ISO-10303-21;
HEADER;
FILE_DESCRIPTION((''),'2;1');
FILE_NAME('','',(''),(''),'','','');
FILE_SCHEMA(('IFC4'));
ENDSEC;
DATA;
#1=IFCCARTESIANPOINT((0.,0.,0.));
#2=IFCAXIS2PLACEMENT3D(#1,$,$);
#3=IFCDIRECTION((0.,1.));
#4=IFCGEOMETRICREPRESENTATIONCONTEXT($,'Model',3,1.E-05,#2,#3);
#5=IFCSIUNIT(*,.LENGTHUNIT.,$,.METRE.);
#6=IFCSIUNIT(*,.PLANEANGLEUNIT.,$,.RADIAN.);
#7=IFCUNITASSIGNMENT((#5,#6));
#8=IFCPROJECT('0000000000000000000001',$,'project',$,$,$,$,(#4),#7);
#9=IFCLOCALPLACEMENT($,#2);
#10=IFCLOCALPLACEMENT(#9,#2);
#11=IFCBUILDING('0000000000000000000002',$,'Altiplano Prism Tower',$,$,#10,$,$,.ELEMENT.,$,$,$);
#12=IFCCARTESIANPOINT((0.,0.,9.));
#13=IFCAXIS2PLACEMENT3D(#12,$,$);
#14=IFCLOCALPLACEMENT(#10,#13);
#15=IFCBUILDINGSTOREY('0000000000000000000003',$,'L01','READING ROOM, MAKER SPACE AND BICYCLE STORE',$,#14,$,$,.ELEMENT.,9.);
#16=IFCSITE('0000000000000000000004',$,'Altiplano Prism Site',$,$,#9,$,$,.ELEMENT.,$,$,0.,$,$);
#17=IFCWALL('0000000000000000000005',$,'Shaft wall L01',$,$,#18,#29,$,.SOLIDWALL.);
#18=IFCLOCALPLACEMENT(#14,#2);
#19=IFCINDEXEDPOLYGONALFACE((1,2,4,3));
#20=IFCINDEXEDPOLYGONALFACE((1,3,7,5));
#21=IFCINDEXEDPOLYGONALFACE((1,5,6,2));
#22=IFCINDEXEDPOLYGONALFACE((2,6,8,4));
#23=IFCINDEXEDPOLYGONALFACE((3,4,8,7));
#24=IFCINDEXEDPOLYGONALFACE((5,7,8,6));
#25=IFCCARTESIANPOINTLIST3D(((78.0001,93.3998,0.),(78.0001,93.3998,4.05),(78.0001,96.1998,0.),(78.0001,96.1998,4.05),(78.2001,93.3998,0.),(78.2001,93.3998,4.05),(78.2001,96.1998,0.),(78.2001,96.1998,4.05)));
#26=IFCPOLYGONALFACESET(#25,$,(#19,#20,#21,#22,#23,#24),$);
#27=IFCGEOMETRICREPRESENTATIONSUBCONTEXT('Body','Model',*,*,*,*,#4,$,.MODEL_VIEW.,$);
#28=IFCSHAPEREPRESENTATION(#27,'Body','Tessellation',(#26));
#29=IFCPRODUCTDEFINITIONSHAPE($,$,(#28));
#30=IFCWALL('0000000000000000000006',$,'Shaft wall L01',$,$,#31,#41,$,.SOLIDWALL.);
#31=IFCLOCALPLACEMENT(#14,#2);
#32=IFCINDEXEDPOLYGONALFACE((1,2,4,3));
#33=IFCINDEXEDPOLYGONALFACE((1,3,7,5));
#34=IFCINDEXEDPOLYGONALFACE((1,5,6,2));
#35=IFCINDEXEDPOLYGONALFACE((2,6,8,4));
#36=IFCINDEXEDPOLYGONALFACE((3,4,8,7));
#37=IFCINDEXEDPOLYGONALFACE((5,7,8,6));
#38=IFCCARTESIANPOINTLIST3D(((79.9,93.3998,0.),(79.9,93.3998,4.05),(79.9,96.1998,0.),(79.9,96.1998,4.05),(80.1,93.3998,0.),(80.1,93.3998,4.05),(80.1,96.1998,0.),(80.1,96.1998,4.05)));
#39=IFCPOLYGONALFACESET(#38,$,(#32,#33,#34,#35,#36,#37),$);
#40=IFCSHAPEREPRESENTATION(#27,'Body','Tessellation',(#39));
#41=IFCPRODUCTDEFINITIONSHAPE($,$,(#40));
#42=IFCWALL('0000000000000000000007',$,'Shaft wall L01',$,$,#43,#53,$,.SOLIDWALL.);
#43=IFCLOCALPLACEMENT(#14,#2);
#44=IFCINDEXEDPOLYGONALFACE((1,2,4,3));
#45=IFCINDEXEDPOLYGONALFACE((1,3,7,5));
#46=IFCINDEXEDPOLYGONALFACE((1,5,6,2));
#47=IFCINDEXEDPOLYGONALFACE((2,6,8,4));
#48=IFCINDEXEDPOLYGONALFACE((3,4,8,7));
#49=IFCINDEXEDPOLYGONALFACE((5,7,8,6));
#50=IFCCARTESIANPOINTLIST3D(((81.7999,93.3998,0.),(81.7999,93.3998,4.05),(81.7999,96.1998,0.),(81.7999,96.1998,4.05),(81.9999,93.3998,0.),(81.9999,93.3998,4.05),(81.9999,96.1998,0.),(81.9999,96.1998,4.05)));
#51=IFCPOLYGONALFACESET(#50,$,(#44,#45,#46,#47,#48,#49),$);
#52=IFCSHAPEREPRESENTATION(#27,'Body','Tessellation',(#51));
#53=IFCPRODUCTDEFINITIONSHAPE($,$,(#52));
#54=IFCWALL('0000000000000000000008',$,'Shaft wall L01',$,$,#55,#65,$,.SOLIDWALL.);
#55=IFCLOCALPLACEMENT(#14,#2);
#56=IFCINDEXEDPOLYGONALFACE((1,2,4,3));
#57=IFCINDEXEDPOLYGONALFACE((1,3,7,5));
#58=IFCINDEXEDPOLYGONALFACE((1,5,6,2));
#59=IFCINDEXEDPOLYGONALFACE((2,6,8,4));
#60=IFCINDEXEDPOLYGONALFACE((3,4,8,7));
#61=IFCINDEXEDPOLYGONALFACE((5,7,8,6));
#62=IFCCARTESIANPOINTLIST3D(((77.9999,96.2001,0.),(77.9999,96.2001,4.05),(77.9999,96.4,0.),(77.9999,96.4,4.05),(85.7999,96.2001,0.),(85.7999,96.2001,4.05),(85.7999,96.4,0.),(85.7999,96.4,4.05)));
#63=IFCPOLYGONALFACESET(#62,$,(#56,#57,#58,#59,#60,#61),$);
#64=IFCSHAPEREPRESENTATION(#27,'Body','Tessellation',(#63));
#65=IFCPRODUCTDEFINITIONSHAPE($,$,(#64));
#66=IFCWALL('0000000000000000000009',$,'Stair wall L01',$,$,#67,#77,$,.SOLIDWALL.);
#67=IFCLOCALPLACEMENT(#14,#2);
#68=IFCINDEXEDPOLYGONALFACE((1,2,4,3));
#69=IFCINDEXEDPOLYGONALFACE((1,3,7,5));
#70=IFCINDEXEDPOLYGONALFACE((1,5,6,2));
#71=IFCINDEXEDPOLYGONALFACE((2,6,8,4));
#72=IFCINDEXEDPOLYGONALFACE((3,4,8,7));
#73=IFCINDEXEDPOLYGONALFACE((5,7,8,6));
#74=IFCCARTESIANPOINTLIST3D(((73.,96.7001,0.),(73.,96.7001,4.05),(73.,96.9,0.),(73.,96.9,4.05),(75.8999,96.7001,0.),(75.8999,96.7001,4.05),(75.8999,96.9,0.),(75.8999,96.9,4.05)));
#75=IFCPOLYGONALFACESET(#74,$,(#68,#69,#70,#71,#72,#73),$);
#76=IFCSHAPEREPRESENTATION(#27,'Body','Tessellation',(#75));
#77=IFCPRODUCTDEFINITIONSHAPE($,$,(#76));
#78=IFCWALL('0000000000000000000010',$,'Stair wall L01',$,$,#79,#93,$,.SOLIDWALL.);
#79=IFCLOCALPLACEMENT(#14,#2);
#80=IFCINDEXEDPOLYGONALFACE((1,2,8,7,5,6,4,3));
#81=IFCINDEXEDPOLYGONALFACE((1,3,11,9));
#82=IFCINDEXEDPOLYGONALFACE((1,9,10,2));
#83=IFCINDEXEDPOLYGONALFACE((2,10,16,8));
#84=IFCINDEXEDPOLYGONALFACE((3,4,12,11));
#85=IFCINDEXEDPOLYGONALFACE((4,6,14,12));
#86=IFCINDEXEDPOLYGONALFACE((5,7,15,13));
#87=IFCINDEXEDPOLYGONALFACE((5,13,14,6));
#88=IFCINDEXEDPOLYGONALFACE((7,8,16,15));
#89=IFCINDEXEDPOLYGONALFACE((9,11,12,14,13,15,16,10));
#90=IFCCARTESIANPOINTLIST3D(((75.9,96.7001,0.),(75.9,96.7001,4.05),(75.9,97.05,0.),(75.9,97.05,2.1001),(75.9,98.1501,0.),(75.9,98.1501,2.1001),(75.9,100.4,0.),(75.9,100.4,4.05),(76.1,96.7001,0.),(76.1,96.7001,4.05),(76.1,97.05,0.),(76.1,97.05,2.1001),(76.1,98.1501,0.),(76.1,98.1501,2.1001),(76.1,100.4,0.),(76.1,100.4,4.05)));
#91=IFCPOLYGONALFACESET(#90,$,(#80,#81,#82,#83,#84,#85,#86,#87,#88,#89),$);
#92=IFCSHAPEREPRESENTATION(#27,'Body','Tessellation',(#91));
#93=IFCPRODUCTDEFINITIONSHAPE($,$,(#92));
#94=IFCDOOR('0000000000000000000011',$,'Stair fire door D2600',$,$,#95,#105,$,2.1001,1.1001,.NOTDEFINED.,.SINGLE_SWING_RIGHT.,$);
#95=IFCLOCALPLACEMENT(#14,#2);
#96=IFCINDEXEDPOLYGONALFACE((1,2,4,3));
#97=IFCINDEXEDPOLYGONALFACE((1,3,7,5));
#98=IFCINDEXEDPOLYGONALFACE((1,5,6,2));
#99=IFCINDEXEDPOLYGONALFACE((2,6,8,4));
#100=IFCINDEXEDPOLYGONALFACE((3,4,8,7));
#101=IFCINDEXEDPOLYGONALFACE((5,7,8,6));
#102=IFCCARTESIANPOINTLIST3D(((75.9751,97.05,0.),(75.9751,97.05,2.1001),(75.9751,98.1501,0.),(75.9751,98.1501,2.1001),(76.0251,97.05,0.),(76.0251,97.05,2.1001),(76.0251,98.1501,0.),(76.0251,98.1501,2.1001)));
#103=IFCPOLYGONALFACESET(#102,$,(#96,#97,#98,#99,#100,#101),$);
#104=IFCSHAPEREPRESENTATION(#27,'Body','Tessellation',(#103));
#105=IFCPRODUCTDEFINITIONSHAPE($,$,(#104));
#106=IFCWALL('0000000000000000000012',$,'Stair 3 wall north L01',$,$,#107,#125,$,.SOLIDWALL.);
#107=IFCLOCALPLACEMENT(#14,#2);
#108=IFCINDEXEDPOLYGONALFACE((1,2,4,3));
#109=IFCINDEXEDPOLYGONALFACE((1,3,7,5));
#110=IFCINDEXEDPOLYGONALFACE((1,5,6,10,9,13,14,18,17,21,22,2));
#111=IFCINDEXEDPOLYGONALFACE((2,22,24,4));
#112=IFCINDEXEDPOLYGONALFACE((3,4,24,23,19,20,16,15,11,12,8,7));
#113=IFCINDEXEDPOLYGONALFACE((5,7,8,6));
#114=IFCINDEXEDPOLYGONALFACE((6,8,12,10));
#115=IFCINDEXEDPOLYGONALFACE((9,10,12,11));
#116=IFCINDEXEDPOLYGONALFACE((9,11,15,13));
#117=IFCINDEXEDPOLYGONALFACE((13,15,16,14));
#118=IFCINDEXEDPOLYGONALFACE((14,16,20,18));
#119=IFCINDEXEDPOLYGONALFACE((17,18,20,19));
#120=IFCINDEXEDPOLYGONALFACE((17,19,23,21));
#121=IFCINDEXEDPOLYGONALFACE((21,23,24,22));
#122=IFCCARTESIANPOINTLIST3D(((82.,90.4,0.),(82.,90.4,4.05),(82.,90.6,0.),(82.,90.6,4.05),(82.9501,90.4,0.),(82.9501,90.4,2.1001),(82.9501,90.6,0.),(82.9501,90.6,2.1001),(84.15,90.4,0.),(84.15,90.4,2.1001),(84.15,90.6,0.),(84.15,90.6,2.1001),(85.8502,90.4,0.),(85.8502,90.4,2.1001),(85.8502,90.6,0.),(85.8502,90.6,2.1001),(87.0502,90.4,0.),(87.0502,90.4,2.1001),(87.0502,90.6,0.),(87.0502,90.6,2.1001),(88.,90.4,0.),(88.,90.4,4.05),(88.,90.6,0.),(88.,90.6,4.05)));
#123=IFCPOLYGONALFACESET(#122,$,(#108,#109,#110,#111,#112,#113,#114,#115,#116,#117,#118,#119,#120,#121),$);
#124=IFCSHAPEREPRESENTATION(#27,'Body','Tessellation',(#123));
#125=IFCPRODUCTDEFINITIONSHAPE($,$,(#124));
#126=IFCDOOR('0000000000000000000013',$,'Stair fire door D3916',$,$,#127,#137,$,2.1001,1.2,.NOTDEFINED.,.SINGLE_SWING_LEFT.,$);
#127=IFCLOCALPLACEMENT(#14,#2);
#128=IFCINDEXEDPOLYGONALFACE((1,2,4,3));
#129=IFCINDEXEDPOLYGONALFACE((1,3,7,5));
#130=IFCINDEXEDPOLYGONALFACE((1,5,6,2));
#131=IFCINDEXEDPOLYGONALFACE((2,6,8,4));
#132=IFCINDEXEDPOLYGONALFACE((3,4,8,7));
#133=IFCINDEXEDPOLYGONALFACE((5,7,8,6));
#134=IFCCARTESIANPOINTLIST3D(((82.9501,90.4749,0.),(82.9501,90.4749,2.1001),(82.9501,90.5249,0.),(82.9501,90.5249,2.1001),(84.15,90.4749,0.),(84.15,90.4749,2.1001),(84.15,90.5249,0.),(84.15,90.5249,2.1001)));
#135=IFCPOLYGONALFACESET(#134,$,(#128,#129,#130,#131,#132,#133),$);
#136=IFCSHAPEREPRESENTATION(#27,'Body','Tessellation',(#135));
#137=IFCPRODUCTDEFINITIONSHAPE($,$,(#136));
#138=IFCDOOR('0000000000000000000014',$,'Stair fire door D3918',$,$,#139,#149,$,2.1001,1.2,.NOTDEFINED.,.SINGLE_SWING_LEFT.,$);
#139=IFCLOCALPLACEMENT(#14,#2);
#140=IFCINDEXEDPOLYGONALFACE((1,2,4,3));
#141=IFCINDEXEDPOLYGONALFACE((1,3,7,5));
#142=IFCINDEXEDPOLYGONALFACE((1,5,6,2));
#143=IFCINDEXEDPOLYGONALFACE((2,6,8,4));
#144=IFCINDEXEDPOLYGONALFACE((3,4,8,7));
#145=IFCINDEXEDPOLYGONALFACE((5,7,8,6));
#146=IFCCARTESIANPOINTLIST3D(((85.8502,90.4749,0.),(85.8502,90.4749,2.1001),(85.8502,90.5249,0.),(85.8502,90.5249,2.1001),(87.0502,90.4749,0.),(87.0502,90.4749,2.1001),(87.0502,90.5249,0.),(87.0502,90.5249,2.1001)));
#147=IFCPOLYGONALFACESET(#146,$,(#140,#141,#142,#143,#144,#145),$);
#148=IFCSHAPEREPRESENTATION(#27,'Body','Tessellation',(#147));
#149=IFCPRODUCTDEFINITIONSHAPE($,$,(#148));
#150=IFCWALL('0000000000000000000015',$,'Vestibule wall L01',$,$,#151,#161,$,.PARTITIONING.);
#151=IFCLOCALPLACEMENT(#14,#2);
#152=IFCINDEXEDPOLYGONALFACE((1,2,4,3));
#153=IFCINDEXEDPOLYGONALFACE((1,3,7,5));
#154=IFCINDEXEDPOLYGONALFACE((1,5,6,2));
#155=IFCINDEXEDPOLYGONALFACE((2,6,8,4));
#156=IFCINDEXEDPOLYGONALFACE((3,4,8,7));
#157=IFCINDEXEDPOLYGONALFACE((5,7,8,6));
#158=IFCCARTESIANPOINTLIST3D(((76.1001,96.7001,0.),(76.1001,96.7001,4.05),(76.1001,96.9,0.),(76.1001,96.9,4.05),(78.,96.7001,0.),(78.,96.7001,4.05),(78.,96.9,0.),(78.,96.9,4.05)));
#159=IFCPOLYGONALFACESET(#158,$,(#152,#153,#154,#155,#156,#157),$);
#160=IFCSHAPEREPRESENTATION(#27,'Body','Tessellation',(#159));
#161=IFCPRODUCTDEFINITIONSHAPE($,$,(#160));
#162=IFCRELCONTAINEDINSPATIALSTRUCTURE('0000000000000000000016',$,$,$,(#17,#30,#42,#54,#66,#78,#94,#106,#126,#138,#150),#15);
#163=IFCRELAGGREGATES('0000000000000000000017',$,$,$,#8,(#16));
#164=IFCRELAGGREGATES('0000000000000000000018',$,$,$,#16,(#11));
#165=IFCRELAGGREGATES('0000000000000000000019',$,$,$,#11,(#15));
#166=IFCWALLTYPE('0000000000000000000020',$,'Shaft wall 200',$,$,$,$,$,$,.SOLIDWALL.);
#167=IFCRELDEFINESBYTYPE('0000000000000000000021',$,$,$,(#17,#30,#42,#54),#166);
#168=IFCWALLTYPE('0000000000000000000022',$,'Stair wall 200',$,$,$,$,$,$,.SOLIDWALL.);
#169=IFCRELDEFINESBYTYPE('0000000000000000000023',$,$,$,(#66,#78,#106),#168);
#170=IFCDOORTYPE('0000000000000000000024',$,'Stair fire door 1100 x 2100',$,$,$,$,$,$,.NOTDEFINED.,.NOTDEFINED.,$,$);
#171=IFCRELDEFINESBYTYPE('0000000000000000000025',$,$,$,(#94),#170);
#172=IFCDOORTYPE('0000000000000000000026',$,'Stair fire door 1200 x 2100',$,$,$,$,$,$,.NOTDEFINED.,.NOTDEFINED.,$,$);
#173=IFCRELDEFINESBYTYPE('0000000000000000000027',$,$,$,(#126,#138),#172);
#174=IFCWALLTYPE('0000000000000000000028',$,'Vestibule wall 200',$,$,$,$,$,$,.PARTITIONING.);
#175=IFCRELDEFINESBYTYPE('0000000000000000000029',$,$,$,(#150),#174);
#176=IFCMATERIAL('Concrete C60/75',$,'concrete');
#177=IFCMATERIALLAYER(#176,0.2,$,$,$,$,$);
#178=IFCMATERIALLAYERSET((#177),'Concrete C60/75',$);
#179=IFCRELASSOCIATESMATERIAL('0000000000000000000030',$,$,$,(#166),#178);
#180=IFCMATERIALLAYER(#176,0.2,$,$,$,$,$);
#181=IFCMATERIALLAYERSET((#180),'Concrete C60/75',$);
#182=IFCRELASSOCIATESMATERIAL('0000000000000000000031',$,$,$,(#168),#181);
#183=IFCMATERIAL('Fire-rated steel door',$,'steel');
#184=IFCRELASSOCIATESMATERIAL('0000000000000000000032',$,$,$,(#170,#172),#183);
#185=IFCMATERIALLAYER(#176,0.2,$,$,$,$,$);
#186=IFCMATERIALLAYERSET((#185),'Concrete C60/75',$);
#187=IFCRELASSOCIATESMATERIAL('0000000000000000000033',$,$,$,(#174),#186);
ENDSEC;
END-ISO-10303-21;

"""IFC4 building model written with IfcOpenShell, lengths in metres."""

from ifc_helpers import new_model, si_unit, direction, frame, frame_2d, origin, place, context, subcontext, project, spatial, rectangle, extrude, material, layer, layer_set, type_object, element, fill, save


model = new_model("IFC4")

# Units and contexts
model_context = context("Model", 3, precision=1e-05, world=origin(), true_north=direction((0.0, 1.0)))
body_context = subcontext(model_context, "Body", "Model", "MODEL_VIEW")
ifc_project = project(units=[si_unit("LENGTHUNIT", "METRE"), si_unit("PLANEANGLEUNIT", "RADIAN")], contexts=[model_context])

# Site, building, storey
site_placement = place(None, origin())
site = spatial("IfcSite", under=ifc_project, at=site_placement, Name="Altiplano Prism Site", CompositionType="ELEMENT", RefElevation=0.0)
building_placement = place(site_placement, origin())
building = spatial("IfcBuilding", under=site, at=building_placement, Name="Altiplano Prism Tower", CompositionType="ELEMENT")
storey_placement = place(building_placement, frame((0.0, 0.0, 9.0)))
storey = spatial("IfcBuildingStorey", under=building, at=storey_placement, Name="L01", Description="READING ROOM, MAKER SPACE AND BICYCLE STORE", CompositionType="ELEMENT", Elevation=9.0)

# Walls
ifc_material_1 = material(Name="Concrete C60/75", Category="concrete")
ifc_layer_1 = layer(ifc_material_1, 0.2)
ifc_layer_set_1 = layer_set([ifc_layer_1], Name="Concrete C60/75")
wall_type_1 = type_object("IfcWallType", Name="Shaft wall 200", PredefinedType="SOLIDWALL", material=ifc_layer_set_1)
for number, where, z_axis, x_axis, name in (
    (1, (78.1001, 93.3999, 0.0), (0.0, 0.0, 1.0), (0.0, 1.0, 0.0), "Shaft wall L01"),
    (2, (80.0, 93.3999, 0.0), (0.0, 0.0, 1.0), (0.0, 1.0, 0.0), "Shaft wall L01"),
    (3, (81.8999, 93.3999, 0.0), (0.0, 0.0, 1.0), (0.0, 1.0, 0.0), "Shaft wall L01"),
):
    element("IfcWall", number, at=place(storey_placement, frame(where, z_axis=z_axis, x_axis=x_axis)), inside=storey, type_object=wall_type_1, Name=name, PredefinedType="SOLIDWALL", context=body_context, shape_type="SweptSolid", body=[
        extrude(rectangle(XDim=2.8, YDim=0.2, at=frame_2d((1.3999, 0.0))), origin(), (0.0, 0.0, 1.0), 4.05),
    ])
wall_1_placement = place(storey_placement, frame((78.0, 96.3, 0.0), z_axis=(0.0, 0.0, 1.0), x_axis=(1.0, 0.0, 0.0)))
element("IfcWall", 4, at=wall_1_placement, inside=storey, type_object=wall_type_1, Name="Shaft wall L01", PredefinedType="SOLIDWALL", context=body_context, shape_type="SweptSolid", body=[
    extrude(rectangle(XDim=7.8, YDim=0.2, at=frame_2d((3.8999, 0.0))), origin(), (0.0, 0.0, 1.0), 4.05),
])
ifc_layer_2 = layer(ifc_material_1, 0.2)
ifc_layer_set_2 = layer_set([ifc_layer_2], Name="Concrete C60/75")
wall_type_2 = type_object("IfcWallType", Name="Stair wall 200", PredefinedType="SOLIDWALL", material=ifc_layer_set_2)
wall_2_placement = place(storey_placement, frame((73.0, 96.8, 0.0), z_axis=(0.0, 0.0, 1.0), x_axis=(1.0, 0.0, 0.0)))
element("IfcWall", 5, at=wall_2_placement, inside=storey, type_object=wall_type_2, Name="Stair wall L01", PredefinedType="SOLIDWALL", context=body_context, shape_type="SweptSolid", body=[
    extrude(rectangle(XDim=2.8999, YDim=0.2, at=frame_2d((1.45, 0.0))), origin(), (0.0, 0.0, 1.0), 4.05),
])

# Wall, opening, door
wall_3_placement = place(storey_placement, frame((76.0, 96.7, 0.0), z_axis=(0.0, 0.0, 1.0), x_axis=(0.0, 1.0, 0.0)))
wall_3 = element("IfcWall", 6, at=wall_3_placement, inside=storey, type_object=wall_type_2, Name="Stair wall L01", PredefinedType="SOLIDWALL", context=body_context, shape_type="SweptSolid", body=[
    extrude(rectangle(XDim=3.7, YDim=0.2, at=frame_2d((1.8501, 0.0))), origin(), (0.0, 0.0, 1.0), 4.05),
])
opening_1_placement = place(wall_3_placement, frame((0.3501, 0.0, 0.0)))
opening_1 = element("IfcOpeningElement", 7, at=opening_1_placement, cuts=wall_3, PredefinedType="OPENING", context=body_context, shape_type="SweptSolid", body=[
    extrude(rectangle(XDim=1.1001, YDim=2.1001, at=frame_2d((0.55, 1.05))), frame((0.0, 0.1104, 0.0), z_axis=(0.0, -1.0, 0.0), x_axis=(1.0, 0.0, 0.0)), (0.0, 0.0, 1.0), 0.2209),
])
ifc_material_2 = material(Name="Fire-rated steel door", Category="steel")
door_type_1 = type_object("IfcDoorType", Name="Stair fire door 1100 x 2100", OperationType="NOTDEFINED", PredefinedType="NOTDEFINED", material=ifc_material_2)
door_1_placement = place(opening_1_placement, origin())
door_1 = element("IfcDoor", 8, at=door_1_placement, inside=storey, type_object=door_type_1, Name="Stair fire door D2600", OperationType="SINGLE_SWING_RIGHT", OverallHeight=2.1001, OverallWidth=1.1001, PredefinedType="NOTDEFINED", context=body_context, shape_type="SweptSolid", body=[
    extrude(rectangle(XDim=1.1001, YDim=2.1001, at=frame_2d((0.55, 1.05))), frame((0.0, 0.0249, 0.0), z_axis=(0.0, -1.0, 0.0), x_axis=(1.0, 0.0, 0.0)), (0.0, 0.0, 1.0), 0.05),
])
fill(opening_1, door_1)

# Wall, openings, doors
wall_4_placement = place(storey_placement, frame((82.0, 90.5, 0.0), z_axis=(0.0, 0.0, 1.0), x_axis=(1.0, 0.0, 0.0)))
wall_4 = element("IfcWall", 9, at=wall_4_placement, inside=storey, type_object=wall_type_2, Name="Stair 3 wall north L01", PredefinedType="SOLIDWALL", context=body_context, shape_type="SweptSolid", body=[
    extrude(rectangle(XDim=6.0, YDim=0.2, at=frame_2d((3.0, 0.0))), origin(), (0.0, 0.0, 1.0), 4.05),
])
opening_2_placement = place(wall_4_placement, frame((0.95, 0.0, 0.0)))
opening_2 = element("IfcOpeningElement", 10, at=opening_2_placement, cuts=wall_4, PredefinedType="OPENING", context=body_context, shape_type="SweptSolid", body=[
    extrude(rectangle(XDim=1.2, YDim=2.1001, at=frame_2d((0.6001, 1.05))), frame((0.0, 0.1104, 0.0), z_axis=(0.0, -1.0, 0.0), x_axis=(1.0, 0.0, 0.0)), (0.0, 0.0, 1.0), 0.2209),
])
opening_3_placement = place(wall_4_placement, frame((3.8501, 0.0, 0.0)))
opening_3 = element("IfcOpeningElement", 11, at=opening_3_placement, cuts=wall_4, PredefinedType="OPENING", context=body_context, shape_type="SweptSolid", body=[
    extrude(rectangle(XDim=1.2, YDim=2.1001, at=frame_2d((0.6001, 1.05))), frame((0.0, 0.1104, 0.0), z_axis=(0.0, -1.0, 0.0), x_axis=(1.0, 0.0, 0.0)), (0.0, 0.0, 1.0), 0.2209),
])
door_type_2 = type_object("IfcDoorType", Name="Stair fire door 1200 x 2100", OperationType="NOTDEFINED", PredefinedType="NOTDEFINED", material=ifc_material_2)
door_2_placement = place(opening_2_placement, origin())
door_2 = element("IfcDoor", 12, at=door_2_placement, inside=storey, type_object=door_type_2, Name="Stair fire door D3916", OperationType="SINGLE_SWING_LEFT", OverallHeight=2.1001, OverallWidth=1.2, PredefinedType="NOTDEFINED", context=body_context, shape_type="SweptSolid", body=[
    extrude(rectangle(XDim=1.2, YDim=2.1001, at=frame_2d((0.6001, 1.05))), frame((0.0, 0.0249, 0.0), z_axis=(0.0, -1.0, 0.0), x_axis=(1.0, 0.0, 0.0)), (0.0, 0.0, 1.0), 0.05),
])
fill(opening_2, door_2)
door_3_placement = place(opening_3_placement, origin())
door_3 = element("IfcDoor", 13, at=door_3_placement, inside=storey, type_object=door_type_2, Name="Stair fire door D3918", OperationType="SINGLE_SWING_LEFT", OverallHeight=2.1001, OverallWidth=1.2, PredefinedType="NOTDEFINED", context=body_context, shape_type="SweptSolid", body=[
    extrude(rectangle(XDim=1.2, YDim=2.1001, at=frame_2d((0.6001, 1.05))), frame((0.0, 0.0249, 0.0), z_axis=(0.0, -1.0, 0.0), x_axis=(1.0, 0.0, 0.0)), (0.0, 0.0, 1.0), 0.05),
])
fill(opening_3, door_3)

# Wall
ifc_layer_3 = layer(ifc_material_1, 0.2)
ifc_layer_set_3 = layer_set([ifc_layer_3], Name="Concrete C60/75")
wall_type_3 = type_object("IfcWallType", Name="Vestibule wall 200", PredefinedType="PARTITIONING", material=ifc_layer_set_3)
wall_5_placement = place(storey_placement, frame((76.1001, 96.8, 0.0), z_axis=(0.0, 0.0, 1.0), x_axis=(1.0, 0.0, 0.0)))
element("IfcWall", 14, at=wall_5_placement, inside=storey, type_object=wall_type_3, Name="Vestibule wall L01", PredefinedType="PARTITIONING", context=body_context, shape_type="SweptSolid", body=[
    extrude(rectangle(XDim=1.8999, YDim=0.2, at=frame_2d((0.95, 0.0))), origin(), (0.0, 0.0, 1.0), 4.05),
])

save(model, "model.ifc")
